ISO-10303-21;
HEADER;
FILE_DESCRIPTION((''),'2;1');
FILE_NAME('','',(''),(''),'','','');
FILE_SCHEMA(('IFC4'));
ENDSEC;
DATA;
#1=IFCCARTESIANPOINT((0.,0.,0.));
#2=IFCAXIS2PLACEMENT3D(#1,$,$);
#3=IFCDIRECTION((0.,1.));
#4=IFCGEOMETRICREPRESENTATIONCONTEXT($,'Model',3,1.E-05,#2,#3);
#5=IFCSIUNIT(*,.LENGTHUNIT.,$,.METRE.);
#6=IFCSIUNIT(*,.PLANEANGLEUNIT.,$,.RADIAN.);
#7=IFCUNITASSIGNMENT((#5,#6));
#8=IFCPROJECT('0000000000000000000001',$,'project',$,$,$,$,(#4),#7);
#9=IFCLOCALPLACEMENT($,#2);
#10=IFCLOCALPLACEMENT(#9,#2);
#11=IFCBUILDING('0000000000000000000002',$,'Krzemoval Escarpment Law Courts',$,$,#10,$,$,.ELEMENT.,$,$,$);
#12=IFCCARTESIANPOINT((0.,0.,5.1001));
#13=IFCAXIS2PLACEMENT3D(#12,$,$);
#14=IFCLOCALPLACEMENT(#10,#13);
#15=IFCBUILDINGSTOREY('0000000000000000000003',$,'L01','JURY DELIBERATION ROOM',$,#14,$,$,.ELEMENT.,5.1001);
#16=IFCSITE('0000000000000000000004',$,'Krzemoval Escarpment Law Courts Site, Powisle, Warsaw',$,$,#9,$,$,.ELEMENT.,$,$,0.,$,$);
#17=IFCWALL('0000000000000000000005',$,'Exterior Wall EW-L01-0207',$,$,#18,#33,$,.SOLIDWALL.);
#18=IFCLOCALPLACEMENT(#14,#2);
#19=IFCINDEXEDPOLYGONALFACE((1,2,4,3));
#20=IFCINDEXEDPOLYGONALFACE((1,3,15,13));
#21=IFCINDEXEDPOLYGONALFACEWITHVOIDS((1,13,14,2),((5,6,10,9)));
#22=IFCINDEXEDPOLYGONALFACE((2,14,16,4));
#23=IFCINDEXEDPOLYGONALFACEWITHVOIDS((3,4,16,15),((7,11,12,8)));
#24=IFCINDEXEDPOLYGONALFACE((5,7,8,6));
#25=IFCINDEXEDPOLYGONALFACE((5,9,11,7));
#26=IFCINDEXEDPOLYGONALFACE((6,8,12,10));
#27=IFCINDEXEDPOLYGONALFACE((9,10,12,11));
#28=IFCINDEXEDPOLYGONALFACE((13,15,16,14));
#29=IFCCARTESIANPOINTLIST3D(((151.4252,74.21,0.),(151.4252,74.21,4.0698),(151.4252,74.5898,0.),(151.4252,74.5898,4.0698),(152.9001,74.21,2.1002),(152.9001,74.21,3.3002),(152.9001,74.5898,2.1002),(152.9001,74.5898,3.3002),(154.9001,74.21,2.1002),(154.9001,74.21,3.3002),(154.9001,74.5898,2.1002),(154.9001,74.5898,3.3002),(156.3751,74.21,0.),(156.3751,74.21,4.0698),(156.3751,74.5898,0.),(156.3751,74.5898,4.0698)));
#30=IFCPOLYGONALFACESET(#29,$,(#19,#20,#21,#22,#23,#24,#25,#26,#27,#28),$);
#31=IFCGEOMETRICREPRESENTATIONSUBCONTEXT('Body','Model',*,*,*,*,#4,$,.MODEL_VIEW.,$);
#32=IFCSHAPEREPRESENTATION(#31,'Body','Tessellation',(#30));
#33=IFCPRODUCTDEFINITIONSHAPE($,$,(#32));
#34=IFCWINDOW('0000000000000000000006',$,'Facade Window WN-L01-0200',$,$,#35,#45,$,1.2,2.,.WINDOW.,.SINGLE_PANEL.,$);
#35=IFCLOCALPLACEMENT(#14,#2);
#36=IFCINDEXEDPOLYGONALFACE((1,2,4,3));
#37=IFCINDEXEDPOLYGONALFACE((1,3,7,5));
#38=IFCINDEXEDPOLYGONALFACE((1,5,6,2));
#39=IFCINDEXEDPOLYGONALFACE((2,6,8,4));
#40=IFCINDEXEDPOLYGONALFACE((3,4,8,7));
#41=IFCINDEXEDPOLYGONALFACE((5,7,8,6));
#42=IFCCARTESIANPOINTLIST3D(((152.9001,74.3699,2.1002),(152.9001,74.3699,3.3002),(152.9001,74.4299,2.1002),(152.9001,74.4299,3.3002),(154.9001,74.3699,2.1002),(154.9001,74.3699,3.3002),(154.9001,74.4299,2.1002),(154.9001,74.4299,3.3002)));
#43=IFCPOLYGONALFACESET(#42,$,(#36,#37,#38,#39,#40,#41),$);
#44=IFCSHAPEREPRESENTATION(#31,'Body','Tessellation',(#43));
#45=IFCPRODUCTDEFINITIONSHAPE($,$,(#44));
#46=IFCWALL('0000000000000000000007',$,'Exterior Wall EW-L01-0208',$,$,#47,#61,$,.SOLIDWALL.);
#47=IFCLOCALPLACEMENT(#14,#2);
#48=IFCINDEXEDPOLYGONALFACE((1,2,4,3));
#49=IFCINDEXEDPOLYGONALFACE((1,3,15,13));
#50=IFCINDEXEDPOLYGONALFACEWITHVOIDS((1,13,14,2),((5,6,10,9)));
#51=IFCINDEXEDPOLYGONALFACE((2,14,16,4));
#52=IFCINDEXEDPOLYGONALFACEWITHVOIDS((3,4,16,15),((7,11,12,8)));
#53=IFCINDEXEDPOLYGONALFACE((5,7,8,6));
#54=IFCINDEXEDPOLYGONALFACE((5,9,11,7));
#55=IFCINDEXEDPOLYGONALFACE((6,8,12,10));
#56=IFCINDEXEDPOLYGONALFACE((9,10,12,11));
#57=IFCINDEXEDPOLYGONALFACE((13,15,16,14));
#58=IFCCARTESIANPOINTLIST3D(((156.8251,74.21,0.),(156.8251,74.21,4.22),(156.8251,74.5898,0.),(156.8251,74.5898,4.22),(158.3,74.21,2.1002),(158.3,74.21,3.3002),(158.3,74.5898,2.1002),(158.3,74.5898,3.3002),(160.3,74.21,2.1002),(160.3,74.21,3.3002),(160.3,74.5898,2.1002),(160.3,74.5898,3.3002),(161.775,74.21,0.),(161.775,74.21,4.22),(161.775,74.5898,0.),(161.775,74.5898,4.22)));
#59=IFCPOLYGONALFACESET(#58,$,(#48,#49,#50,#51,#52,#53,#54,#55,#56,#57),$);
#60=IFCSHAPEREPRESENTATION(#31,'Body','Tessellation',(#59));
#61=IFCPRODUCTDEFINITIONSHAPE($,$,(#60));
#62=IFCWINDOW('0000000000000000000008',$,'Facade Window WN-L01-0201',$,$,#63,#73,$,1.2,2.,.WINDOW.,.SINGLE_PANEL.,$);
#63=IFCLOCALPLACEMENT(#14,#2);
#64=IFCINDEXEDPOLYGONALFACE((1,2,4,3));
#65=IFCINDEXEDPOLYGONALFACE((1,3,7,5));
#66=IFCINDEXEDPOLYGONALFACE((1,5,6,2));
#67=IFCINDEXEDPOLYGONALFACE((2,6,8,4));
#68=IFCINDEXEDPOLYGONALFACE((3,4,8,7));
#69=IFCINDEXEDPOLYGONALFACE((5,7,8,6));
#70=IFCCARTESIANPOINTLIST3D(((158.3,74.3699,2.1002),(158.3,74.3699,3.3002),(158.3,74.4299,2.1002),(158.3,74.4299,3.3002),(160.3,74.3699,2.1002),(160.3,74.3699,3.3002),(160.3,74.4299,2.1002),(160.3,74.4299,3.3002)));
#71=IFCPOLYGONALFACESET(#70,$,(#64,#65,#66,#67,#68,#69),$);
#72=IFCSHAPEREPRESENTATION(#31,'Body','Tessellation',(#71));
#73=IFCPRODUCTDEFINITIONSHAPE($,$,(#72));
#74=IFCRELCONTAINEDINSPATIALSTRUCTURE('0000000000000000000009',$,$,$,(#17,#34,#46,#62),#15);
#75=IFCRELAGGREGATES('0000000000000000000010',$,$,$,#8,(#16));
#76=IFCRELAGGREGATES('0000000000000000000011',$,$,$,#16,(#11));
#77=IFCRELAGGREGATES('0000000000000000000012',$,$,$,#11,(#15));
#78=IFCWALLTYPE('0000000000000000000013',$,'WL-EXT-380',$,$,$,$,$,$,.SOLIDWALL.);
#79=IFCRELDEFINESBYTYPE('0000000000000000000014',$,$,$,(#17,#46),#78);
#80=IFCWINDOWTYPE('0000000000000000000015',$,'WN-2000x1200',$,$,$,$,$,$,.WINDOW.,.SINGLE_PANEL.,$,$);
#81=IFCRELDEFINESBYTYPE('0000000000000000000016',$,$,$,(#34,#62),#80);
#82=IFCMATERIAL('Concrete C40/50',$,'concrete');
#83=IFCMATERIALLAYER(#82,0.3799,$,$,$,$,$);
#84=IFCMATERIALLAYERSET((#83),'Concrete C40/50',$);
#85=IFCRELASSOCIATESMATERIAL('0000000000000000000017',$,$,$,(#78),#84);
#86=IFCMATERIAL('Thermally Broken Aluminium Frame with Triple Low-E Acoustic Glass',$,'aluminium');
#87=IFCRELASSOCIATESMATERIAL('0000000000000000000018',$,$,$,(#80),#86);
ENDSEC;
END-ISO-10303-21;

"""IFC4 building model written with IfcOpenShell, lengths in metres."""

from ifc_helpers import new_model, si_unit, direction, frame, frame_2d, origin, place, context, subcontext, project, spatial, rectangle, extrude, material, layer, layer_set, type_object, element, fill, save


model = new_model("IFC4")

# Units and contexts
model_context = context("Model", 3, precision=1e-05, world=origin(), true_north=direction((0.0, 1.0)))
body_context = subcontext(model_context, "Body", "Model", "MODEL_VIEW")
ifc_project = project(units=[si_unit("LENGTHUNIT", "METRE"), si_unit("PLANEANGLEUNIT", "RADIAN")], contexts=[model_context])

# Site, building, storey
site_placement = place(None, origin())
site = spatial("IfcSite", under=ifc_project, at=site_placement, Name="Krzemoval Escarpment Law Courts Site, Powisle, Warsaw", CompositionType="ELEMENT", RefElevation=0.0)
building_placement = place(site_placement, origin())
building = spatial("IfcBuilding", under=site, at=building_placement, Name="Krzemoval Escarpment Law Courts", CompositionType="ELEMENT")
storey_placement = place(building_placement, frame((0.0, 0.0, 5.1001)))
storey = spatial("IfcBuildingStorey", under=building, at=storey_placement, Name="L01", Description="JURY DELIBERATION ROOM", CompositionType="ELEMENT", Elevation=5.1001)

# Walls, openings, windows
ifc_material_1 = material(Name="Concrete C40/50", Category="concrete")
ifc_layer = layer(ifc_material_1, 0.3799)
ifc_layer_set = layer_set([ifc_layer], Name="Concrete C40/50")
wall_type = type_object("IfcWallType", Name="WL-EXT-380", PredefinedType="SOLIDWALL", material=ifc_layer_set)
wall_1_placement = place(storey_placement, frame((151.425, 74.3999, 0.0), z_axis=(0.0, 0.0, 1.0), x_axis=(1.0, 0.0, 0.0)))
wall_1 = element("IfcWall", 1, at=wall_1_placement, inside=storey, type_object=wall_type, Name="Exterior Wall EW-L01-0207", PredefinedType="SOLIDWALL", context=body_context, shape_type="SweptSolid", body=[
    extrude(rectangle(XDim=4.95, YDim=0.3799, at=frame_2d((2.4751, 0.0))), origin(), (0.0, 0.0, 1.0), 4.0698),
])
opening_1_placement = place(wall_1_placement, frame((1.4751, 0.0, 2.1001)))
opening_1 = element("IfcOpeningElement", 2, at=opening_1_placement, cuts=wall_1, PredefinedType="OPENING", context=body_context, shape_type="SweptSolid", body=[
    extrude(rectangle(XDim=2.0, YDim=1.2, at=frame_2d((1.0, 0.6001))), frame((0.0, 0.2049, 0.0), z_axis=(0.0, -1.0, 0.0), x_axis=(1.0, 0.0, 0.0)), (0.0, 0.0, 1.0), 0.4099),
])
ifc_material_2 = material(Name="Thermally Broken Aluminium Frame with Triple Low-E Acoustic Glass", Category="aluminium")
window_type = type_object("IfcWindowType", Name="WN-2000x1200", PartitioningType="SINGLE_PANEL", PredefinedType="WINDOW", material=ifc_material_2)
window_1_placement = place(opening_1_placement, origin())
window_1 = element("IfcWindow", 3, at=window_1_placement, inside=storey, type_object=window_type, Name="Facade Window WN-L01-0200", OverallHeight=1.2, OverallWidth=2.0, PartitioningType="SINGLE_PANEL", PredefinedType="WINDOW", context=body_context, shape_type="SweptSolid", body=[
    extrude(rectangle(XDim=2.0, YDim=1.2, at=frame_2d((1.0, 0.6001))), frame((0.0, 0.03, 0.0), z_axis=(0.0, -1.0, 0.0), x_axis=(1.0, 0.0, 0.0)), (0.0, 0.0, 1.0), 0.0601),
])
fill(opening_1, window_1)
wall_2_placement = place(storey_placement, frame((156.825, 74.3999, 0.0), z_axis=(0.0, 0.0, 1.0), x_axis=(1.0, 0.0, 0.0)))
wall_2 = element("IfcWall", 4, at=wall_2_placement, inside=storey, type_object=wall_type, Name="Exterior Wall EW-L01-0208", PredefinedType="SOLIDWALL", context=body_context, shape_type="SweptSolid", body=[
    extrude(rectangle(XDim=4.95, YDim=0.3799, at=frame_2d((2.4751, 0.0))), origin(), (0.0, 0.0, 1.0), 4.22),
])
opening_2_placement = place(wall_2_placement, frame((1.4751, 0.0, 2.1001)))
opening_2 = element("IfcOpeningElement", 5, at=opening_2_placement, cuts=wall_2, PredefinedType="OPENING", context=body_context, shape_type="SweptSolid", body=[
    extrude(rectangle(XDim=2.0, YDim=1.2, at=frame_2d((1.0, 0.6001))), frame((0.0, 0.2049, 0.0), z_axis=(0.0, -1.0, 0.0), x_axis=(1.0, 0.0, 0.0)), (0.0, 0.0, 1.0), 0.4099),
])
window_2_placement = place(opening_2_placement, origin())
window_2 = element("IfcWindow", 6, at=window_2_placement, inside=storey, type_object=window_type, Name="Facade Window WN-L01-0201", OverallHeight=1.2, OverallWidth=2.0, PartitioningType="SINGLE_PANEL", PredefinedType="WINDOW", context=body_context, shape_type="SweptSolid", body=[
    extrude(rectangle(XDim=2.0, YDim=1.2, at=frame_2d((1.0, 0.6001))), frame((0.0, 0.03, 0.0), z_axis=(0.0, -1.0, 0.0), x_axis=(1.0, 0.0, 0.0)), (0.0, 0.0, 1.0), 0.0601),
])
fill(opening_2, window_2)

save(model, "model.ifc")
